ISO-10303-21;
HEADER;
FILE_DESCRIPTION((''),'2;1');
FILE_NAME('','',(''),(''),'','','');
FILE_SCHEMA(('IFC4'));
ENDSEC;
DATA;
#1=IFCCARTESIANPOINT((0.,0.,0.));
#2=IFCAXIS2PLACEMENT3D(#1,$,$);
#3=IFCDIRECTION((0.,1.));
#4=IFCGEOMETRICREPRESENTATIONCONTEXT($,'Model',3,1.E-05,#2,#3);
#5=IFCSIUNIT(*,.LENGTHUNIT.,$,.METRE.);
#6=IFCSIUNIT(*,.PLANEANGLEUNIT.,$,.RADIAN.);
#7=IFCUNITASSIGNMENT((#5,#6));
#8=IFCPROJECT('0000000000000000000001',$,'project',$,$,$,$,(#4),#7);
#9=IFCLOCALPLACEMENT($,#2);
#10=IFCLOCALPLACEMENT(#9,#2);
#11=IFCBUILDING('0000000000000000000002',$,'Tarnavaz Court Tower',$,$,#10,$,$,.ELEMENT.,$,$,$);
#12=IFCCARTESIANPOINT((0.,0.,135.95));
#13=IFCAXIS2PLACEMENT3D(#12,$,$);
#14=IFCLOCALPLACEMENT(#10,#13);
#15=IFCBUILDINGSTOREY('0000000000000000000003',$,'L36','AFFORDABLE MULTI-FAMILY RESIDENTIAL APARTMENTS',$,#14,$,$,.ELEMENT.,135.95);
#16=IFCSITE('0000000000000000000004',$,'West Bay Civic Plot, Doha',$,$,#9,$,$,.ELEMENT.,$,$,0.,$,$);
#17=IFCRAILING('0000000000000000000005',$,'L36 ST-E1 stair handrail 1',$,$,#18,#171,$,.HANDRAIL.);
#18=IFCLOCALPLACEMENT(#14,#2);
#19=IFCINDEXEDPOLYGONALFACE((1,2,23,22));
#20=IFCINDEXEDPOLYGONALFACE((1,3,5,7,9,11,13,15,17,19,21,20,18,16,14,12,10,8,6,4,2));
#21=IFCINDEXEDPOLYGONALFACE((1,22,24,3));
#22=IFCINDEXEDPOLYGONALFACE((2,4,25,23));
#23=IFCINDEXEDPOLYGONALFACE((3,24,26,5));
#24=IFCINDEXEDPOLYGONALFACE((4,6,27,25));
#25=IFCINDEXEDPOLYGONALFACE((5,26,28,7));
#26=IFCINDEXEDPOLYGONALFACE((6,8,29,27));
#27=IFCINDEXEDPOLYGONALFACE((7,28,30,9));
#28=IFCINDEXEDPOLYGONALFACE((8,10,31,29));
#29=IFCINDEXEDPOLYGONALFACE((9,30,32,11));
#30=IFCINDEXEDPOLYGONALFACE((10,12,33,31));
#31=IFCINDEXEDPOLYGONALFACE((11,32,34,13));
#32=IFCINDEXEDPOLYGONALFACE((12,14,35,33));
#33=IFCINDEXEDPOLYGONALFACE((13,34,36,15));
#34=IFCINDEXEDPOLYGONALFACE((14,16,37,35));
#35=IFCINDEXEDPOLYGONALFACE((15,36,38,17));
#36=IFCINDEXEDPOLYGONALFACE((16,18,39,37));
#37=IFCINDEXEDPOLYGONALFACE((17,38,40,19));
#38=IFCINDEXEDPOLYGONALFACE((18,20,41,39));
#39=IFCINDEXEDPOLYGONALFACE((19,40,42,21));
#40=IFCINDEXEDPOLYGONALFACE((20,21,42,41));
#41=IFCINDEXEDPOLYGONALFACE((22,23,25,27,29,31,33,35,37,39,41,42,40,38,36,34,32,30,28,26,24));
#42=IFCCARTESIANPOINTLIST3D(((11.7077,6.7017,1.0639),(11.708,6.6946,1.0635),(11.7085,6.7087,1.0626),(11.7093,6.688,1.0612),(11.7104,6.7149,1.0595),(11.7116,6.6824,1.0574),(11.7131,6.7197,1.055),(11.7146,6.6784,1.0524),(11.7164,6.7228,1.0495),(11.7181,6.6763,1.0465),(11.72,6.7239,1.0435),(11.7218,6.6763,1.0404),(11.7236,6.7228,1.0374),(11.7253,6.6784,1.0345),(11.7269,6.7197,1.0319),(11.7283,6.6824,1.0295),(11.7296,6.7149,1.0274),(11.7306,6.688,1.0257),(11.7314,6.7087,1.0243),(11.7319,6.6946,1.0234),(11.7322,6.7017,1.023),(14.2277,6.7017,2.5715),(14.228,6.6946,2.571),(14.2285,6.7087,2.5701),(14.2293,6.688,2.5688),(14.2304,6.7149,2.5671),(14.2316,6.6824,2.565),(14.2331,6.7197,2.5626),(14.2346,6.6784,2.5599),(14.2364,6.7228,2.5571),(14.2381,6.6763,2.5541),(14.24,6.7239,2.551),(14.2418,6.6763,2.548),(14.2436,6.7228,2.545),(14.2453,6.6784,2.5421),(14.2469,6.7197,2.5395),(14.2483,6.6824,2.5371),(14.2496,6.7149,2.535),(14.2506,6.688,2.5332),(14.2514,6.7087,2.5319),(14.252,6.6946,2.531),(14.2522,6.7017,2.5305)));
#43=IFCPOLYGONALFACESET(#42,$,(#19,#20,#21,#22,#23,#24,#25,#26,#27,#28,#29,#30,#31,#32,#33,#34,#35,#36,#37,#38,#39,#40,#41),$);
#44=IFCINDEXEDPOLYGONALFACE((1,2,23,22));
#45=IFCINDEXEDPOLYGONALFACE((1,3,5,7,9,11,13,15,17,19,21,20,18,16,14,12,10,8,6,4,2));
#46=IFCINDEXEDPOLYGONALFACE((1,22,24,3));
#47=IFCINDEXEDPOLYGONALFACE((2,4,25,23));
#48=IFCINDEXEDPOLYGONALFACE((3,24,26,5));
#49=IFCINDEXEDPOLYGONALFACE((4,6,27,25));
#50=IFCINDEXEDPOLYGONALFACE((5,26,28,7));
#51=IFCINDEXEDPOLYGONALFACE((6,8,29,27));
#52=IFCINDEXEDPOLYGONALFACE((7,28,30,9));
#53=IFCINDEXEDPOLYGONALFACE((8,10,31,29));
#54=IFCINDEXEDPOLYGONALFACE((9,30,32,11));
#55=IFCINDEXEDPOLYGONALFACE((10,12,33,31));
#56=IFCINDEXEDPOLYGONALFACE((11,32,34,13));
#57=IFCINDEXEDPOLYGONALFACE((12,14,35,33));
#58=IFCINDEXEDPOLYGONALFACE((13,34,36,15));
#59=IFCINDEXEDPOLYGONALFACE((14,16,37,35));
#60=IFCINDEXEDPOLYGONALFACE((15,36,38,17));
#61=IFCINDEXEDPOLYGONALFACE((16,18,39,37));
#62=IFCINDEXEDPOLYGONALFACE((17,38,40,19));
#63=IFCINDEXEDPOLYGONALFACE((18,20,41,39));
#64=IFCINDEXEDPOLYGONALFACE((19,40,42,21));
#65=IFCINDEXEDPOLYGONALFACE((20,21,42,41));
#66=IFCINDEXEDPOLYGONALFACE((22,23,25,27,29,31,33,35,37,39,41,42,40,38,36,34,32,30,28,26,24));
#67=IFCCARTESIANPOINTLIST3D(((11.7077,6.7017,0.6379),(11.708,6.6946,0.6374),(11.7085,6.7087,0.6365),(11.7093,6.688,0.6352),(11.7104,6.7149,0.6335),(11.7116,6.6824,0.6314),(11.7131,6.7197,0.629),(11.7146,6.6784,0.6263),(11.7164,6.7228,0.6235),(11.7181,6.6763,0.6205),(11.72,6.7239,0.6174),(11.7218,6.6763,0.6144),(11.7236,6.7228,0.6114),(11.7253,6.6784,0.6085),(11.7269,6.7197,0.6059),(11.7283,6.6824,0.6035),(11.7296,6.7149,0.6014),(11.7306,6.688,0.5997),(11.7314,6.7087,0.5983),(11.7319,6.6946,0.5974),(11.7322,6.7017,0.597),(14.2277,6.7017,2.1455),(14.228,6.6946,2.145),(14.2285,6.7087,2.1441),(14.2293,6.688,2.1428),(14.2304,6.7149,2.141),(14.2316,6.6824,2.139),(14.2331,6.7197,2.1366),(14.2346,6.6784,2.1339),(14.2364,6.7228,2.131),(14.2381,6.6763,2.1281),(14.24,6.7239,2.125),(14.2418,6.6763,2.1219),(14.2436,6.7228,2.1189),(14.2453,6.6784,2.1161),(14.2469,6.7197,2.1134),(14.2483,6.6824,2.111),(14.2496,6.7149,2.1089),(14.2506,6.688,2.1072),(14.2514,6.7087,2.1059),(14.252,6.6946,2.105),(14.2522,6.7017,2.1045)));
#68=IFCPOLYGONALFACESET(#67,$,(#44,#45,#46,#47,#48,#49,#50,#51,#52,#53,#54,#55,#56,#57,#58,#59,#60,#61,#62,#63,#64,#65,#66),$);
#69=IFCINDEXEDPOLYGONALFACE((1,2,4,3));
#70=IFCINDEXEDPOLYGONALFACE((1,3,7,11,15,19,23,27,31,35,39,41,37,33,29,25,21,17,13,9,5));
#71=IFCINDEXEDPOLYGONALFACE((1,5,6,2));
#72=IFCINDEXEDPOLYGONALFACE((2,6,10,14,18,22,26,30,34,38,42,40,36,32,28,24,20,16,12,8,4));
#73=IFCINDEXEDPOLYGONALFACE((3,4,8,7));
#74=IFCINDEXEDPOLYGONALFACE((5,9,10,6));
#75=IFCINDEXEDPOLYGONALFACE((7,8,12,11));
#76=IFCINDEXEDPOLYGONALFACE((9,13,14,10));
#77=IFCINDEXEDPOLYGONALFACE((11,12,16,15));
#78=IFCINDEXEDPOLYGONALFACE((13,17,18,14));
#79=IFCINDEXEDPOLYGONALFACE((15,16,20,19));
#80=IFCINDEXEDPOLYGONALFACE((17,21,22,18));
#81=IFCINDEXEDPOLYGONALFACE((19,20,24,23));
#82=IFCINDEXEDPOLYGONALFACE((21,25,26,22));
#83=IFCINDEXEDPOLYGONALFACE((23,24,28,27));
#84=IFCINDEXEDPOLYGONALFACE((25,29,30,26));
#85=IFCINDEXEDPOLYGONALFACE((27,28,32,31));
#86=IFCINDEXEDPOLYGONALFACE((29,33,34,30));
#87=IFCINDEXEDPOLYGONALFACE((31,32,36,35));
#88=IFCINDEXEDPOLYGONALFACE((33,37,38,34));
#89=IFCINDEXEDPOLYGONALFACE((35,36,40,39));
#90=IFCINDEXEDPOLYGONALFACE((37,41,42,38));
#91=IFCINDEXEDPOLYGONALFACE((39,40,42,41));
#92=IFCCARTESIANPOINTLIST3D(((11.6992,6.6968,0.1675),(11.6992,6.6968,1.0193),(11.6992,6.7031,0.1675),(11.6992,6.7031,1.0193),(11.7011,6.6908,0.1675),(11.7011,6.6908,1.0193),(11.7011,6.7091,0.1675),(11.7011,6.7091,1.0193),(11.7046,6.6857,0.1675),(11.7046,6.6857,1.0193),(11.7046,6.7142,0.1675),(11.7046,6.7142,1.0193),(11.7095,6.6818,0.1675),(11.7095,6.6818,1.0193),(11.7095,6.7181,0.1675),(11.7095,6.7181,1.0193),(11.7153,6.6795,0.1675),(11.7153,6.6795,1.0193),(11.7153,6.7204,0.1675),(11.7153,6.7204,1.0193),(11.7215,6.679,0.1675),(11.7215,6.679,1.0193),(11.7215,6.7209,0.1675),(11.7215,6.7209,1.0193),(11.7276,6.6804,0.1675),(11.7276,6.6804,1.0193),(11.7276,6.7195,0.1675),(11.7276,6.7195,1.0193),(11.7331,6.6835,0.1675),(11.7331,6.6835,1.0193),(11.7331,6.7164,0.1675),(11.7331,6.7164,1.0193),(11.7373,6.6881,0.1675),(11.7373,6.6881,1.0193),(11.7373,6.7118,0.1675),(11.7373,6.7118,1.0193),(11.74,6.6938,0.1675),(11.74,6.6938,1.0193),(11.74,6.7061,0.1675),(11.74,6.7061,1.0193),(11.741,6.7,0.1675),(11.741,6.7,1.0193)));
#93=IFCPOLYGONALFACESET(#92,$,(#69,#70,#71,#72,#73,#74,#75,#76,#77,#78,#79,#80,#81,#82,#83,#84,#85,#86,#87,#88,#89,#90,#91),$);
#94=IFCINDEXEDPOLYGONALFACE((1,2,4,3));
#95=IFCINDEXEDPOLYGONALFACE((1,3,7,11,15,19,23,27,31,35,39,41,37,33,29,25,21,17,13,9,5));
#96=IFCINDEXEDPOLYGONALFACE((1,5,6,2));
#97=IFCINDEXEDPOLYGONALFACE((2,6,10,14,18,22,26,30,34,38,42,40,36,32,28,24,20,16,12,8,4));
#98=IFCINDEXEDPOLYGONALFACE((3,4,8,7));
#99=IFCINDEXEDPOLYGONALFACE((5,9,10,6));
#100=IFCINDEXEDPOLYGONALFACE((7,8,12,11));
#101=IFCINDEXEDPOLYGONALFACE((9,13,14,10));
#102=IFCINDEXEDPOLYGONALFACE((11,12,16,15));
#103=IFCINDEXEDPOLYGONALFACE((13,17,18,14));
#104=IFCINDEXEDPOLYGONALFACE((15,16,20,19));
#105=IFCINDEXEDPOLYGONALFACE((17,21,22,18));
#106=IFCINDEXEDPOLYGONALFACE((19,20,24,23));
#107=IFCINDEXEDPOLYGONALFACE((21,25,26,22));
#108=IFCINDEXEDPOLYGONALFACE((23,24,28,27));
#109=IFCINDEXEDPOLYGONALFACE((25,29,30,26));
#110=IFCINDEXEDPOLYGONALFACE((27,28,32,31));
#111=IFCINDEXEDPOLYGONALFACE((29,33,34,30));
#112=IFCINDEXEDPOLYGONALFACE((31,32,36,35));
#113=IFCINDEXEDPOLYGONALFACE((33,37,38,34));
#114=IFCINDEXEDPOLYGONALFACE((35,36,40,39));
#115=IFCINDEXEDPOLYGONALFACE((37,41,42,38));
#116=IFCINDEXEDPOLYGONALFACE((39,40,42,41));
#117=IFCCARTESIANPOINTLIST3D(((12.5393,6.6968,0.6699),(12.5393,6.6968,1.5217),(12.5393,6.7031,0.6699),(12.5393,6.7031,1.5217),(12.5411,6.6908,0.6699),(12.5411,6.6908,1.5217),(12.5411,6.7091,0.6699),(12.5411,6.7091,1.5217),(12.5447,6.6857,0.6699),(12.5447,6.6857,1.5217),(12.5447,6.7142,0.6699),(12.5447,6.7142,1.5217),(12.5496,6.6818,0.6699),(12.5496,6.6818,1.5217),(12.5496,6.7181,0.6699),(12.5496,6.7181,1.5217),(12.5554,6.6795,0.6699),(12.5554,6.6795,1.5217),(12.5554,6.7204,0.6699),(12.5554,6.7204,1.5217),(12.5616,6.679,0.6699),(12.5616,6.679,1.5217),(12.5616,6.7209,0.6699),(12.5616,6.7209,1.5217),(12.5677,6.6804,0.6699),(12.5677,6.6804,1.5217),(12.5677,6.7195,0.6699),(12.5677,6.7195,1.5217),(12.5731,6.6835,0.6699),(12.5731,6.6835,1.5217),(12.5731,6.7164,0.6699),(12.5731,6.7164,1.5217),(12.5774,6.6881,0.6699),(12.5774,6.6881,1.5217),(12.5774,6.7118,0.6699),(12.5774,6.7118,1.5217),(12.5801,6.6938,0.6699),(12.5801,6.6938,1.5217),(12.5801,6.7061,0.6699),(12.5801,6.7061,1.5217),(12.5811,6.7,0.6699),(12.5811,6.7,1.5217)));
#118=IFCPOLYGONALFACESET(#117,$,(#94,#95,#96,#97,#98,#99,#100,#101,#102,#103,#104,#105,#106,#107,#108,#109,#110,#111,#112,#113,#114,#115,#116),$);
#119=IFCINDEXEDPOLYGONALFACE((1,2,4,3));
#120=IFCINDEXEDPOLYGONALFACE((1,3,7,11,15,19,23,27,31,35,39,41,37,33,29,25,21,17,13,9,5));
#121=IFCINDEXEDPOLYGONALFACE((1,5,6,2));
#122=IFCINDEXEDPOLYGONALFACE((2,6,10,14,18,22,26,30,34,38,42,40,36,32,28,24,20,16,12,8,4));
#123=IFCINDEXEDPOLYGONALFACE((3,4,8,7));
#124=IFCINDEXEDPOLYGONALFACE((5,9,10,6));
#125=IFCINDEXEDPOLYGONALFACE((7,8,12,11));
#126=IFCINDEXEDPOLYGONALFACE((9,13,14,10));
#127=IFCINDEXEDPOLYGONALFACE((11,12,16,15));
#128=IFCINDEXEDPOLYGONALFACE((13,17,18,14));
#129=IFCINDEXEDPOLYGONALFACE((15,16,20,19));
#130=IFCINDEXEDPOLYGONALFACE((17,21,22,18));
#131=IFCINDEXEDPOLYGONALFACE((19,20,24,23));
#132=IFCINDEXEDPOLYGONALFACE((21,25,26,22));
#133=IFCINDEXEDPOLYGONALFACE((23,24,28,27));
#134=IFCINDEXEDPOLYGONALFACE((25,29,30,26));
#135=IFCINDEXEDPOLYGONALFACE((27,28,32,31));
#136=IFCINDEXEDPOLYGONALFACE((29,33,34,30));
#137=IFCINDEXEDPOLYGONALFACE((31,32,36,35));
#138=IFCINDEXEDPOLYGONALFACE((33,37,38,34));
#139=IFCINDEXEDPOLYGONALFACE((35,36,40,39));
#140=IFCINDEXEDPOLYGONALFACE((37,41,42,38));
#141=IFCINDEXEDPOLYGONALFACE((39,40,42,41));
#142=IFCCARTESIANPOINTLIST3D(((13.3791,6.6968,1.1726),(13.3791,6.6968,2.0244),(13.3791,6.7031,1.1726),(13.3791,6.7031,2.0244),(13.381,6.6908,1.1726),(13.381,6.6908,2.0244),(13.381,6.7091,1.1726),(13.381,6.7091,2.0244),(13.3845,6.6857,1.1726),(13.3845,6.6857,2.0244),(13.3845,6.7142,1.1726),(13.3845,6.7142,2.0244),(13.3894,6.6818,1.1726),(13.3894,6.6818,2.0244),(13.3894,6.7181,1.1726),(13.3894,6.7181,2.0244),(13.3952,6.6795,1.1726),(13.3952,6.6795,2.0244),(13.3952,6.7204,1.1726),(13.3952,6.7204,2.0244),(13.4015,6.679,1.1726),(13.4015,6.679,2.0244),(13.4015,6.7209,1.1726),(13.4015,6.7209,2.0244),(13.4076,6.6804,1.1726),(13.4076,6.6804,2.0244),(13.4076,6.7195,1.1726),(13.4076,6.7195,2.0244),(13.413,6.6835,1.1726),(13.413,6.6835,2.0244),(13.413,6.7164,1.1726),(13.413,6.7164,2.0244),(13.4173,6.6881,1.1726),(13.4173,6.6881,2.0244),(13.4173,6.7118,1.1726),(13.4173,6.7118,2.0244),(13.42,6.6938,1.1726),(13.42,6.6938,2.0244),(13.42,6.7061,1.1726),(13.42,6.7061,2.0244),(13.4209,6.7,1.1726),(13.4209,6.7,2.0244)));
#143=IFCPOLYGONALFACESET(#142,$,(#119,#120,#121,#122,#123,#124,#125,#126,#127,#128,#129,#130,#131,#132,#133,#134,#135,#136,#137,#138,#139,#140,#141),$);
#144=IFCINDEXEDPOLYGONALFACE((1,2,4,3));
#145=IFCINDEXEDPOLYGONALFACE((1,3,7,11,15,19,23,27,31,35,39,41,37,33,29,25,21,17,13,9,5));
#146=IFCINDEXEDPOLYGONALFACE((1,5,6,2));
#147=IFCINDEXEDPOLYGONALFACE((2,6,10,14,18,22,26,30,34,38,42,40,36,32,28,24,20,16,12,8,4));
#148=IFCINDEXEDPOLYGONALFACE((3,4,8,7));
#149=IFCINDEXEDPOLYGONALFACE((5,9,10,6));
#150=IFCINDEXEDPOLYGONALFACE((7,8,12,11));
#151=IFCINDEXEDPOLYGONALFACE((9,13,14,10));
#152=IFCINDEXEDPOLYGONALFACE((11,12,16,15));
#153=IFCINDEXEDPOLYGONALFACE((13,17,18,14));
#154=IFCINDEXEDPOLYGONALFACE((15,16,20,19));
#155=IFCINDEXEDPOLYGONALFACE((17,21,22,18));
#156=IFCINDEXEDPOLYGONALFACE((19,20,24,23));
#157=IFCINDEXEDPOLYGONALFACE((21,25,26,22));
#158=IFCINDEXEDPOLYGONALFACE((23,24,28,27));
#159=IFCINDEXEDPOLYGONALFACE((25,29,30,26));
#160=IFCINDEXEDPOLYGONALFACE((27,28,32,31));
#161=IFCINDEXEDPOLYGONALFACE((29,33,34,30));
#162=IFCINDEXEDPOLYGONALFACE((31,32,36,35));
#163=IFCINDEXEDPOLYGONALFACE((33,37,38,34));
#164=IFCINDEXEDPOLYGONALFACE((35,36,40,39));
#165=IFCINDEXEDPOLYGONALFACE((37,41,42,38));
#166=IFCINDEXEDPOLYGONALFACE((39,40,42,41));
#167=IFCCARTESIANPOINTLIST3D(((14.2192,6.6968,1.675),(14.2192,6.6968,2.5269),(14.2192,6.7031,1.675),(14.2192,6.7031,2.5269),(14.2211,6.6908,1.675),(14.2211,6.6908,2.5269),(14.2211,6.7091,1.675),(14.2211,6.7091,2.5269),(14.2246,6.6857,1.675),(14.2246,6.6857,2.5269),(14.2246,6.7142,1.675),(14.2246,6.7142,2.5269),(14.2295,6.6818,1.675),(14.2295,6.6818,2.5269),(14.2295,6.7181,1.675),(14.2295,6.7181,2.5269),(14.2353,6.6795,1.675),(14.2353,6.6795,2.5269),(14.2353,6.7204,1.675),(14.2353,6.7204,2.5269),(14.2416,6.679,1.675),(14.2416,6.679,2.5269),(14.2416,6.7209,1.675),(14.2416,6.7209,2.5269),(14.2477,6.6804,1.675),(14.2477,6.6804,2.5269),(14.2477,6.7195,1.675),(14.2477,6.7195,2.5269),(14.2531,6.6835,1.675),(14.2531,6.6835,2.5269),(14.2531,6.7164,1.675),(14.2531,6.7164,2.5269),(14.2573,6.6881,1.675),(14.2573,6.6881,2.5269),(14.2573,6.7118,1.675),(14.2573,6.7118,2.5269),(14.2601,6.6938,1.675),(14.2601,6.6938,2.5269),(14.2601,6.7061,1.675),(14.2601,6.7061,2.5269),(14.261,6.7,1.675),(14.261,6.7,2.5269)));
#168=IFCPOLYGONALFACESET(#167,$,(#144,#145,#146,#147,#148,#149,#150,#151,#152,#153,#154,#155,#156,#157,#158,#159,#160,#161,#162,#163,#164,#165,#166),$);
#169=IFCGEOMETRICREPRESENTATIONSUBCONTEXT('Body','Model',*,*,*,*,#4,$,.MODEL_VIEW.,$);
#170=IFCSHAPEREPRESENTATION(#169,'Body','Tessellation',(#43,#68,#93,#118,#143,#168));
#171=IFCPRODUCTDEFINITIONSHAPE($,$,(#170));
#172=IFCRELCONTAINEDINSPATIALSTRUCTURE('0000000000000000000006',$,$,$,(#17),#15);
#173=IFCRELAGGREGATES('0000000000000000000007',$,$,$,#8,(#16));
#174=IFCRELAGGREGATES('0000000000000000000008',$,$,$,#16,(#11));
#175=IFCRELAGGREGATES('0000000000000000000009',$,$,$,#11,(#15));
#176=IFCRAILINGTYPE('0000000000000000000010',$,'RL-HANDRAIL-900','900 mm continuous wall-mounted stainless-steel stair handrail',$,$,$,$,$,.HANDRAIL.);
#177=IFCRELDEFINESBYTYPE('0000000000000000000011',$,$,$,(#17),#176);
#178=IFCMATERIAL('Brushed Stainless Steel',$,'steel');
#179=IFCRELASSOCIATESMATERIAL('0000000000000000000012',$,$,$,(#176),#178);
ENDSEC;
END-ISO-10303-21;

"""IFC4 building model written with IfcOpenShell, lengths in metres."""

from ifc_helpers import new_model, si_unit, direction, frame, origin, origin_2d, place, context, subcontext, project, spatial, circle, extrude, material, type_object, element, save


model = new_model("IFC4")

# Units and contexts
model_context = context("Model", 3, precision=1e-05, world=origin(), true_north=direction((0.0, 1.0)))
body_context = subcontext(model_context, "Body", "Model", "MODEL_VIEW")
ifc_project = project(units=[si_unit("LENGTHUNIT", "METRE"), si_unit("PLANEANGLEUNIT", "RADIAN")], contexts=[model_context])

# Site, building, storey
site_placement = place(None, origin())
site = spatial("IfcSite", under=ifc_project, at=site_placement, Name="West Bay Civic Plot, Doha", CompositionType="ELEMENT", RefElevation=0.0)
building_placement = place(site_placement, origin())
building = spatial("IfcBuilding", under=site, at=building_placement, Name="Tarnavaz Court Tower", CompositionType="ELEMENT")
storey_placement = place(building_placement, frame((0.0, 0.0, 135.95)))
storey = spatial("IfcBuildingStorey", under=building, at=storey_placement, Name="L36", Description="AFFORDABLE MULTI-FAMILY RESIDENTIAL APARTMENTS", CompositionType="ELEMENT", Elevation=135.95)

# Railing
ifc_material_1 = material(Name="Brushed Stainless Steel", Category="steel")
railing_type_1 = type_object("IfcRailingType", Name="RL-HANDRAIL-900", Description="900 mm continuous wall-mounted stainless-steel stair handrail", PredefinedType="HANDRAIL", material=ifc_material_1)
railing_1_placement = place(storey_placement, frame((11.72, 6.7, 0.1675)))
element("IfcRailing", 1, at=railing_1_placement, inside=storey, type_object=railing_type_1, Name="L36 ST-E1 stair handrail 1", PredefinedType="HANDRAIL", context=body_context, shape_type="SweptSolid", body=[
    extrude(circle(Radius=0.0239, at=origin_2d()), frame((0.0, 0.0, 0.876), z_axis=(0.85816, 0.0, 0.513383), x_axis=(0.0, 1.0, 0.0)), (0.0, 0.0, 1.0), 2.9365),
    extrude(circle(Radius=0.0239, at=origin_2d()), frame((0.0, 0.0, 0.45), z_axis=(0.85816, 0.0, 0.513383), x_axis=(0.0, 1.0, 0.0)), (0.0, 0.0, 1.0), 2.9365),
    extrude(circle(Radius=0.021, at=origin_2d()), origin(), (0.0, 0.0, 1.0), 0.8518),
    extrude(circle(Radius=0.021, at=origin_2d()), frame((0.8401, 0.0, 0.5024)), (0.0, 0.0, 1.0), 0.8518),
    extrude(circle(Radius=0.021, at=origin_2d()), frame((1.6799, 0.0, 1.0051)), (0.0, 0.0, 1.0), 0.8518),
    extrude(circle(Radius=0.021, at=origin_2d()), frame((2.52, 0.0, 1.5076)), (0.0, 0.0, 1.0), 0.8518),
])

save(model, "model.ifc")
